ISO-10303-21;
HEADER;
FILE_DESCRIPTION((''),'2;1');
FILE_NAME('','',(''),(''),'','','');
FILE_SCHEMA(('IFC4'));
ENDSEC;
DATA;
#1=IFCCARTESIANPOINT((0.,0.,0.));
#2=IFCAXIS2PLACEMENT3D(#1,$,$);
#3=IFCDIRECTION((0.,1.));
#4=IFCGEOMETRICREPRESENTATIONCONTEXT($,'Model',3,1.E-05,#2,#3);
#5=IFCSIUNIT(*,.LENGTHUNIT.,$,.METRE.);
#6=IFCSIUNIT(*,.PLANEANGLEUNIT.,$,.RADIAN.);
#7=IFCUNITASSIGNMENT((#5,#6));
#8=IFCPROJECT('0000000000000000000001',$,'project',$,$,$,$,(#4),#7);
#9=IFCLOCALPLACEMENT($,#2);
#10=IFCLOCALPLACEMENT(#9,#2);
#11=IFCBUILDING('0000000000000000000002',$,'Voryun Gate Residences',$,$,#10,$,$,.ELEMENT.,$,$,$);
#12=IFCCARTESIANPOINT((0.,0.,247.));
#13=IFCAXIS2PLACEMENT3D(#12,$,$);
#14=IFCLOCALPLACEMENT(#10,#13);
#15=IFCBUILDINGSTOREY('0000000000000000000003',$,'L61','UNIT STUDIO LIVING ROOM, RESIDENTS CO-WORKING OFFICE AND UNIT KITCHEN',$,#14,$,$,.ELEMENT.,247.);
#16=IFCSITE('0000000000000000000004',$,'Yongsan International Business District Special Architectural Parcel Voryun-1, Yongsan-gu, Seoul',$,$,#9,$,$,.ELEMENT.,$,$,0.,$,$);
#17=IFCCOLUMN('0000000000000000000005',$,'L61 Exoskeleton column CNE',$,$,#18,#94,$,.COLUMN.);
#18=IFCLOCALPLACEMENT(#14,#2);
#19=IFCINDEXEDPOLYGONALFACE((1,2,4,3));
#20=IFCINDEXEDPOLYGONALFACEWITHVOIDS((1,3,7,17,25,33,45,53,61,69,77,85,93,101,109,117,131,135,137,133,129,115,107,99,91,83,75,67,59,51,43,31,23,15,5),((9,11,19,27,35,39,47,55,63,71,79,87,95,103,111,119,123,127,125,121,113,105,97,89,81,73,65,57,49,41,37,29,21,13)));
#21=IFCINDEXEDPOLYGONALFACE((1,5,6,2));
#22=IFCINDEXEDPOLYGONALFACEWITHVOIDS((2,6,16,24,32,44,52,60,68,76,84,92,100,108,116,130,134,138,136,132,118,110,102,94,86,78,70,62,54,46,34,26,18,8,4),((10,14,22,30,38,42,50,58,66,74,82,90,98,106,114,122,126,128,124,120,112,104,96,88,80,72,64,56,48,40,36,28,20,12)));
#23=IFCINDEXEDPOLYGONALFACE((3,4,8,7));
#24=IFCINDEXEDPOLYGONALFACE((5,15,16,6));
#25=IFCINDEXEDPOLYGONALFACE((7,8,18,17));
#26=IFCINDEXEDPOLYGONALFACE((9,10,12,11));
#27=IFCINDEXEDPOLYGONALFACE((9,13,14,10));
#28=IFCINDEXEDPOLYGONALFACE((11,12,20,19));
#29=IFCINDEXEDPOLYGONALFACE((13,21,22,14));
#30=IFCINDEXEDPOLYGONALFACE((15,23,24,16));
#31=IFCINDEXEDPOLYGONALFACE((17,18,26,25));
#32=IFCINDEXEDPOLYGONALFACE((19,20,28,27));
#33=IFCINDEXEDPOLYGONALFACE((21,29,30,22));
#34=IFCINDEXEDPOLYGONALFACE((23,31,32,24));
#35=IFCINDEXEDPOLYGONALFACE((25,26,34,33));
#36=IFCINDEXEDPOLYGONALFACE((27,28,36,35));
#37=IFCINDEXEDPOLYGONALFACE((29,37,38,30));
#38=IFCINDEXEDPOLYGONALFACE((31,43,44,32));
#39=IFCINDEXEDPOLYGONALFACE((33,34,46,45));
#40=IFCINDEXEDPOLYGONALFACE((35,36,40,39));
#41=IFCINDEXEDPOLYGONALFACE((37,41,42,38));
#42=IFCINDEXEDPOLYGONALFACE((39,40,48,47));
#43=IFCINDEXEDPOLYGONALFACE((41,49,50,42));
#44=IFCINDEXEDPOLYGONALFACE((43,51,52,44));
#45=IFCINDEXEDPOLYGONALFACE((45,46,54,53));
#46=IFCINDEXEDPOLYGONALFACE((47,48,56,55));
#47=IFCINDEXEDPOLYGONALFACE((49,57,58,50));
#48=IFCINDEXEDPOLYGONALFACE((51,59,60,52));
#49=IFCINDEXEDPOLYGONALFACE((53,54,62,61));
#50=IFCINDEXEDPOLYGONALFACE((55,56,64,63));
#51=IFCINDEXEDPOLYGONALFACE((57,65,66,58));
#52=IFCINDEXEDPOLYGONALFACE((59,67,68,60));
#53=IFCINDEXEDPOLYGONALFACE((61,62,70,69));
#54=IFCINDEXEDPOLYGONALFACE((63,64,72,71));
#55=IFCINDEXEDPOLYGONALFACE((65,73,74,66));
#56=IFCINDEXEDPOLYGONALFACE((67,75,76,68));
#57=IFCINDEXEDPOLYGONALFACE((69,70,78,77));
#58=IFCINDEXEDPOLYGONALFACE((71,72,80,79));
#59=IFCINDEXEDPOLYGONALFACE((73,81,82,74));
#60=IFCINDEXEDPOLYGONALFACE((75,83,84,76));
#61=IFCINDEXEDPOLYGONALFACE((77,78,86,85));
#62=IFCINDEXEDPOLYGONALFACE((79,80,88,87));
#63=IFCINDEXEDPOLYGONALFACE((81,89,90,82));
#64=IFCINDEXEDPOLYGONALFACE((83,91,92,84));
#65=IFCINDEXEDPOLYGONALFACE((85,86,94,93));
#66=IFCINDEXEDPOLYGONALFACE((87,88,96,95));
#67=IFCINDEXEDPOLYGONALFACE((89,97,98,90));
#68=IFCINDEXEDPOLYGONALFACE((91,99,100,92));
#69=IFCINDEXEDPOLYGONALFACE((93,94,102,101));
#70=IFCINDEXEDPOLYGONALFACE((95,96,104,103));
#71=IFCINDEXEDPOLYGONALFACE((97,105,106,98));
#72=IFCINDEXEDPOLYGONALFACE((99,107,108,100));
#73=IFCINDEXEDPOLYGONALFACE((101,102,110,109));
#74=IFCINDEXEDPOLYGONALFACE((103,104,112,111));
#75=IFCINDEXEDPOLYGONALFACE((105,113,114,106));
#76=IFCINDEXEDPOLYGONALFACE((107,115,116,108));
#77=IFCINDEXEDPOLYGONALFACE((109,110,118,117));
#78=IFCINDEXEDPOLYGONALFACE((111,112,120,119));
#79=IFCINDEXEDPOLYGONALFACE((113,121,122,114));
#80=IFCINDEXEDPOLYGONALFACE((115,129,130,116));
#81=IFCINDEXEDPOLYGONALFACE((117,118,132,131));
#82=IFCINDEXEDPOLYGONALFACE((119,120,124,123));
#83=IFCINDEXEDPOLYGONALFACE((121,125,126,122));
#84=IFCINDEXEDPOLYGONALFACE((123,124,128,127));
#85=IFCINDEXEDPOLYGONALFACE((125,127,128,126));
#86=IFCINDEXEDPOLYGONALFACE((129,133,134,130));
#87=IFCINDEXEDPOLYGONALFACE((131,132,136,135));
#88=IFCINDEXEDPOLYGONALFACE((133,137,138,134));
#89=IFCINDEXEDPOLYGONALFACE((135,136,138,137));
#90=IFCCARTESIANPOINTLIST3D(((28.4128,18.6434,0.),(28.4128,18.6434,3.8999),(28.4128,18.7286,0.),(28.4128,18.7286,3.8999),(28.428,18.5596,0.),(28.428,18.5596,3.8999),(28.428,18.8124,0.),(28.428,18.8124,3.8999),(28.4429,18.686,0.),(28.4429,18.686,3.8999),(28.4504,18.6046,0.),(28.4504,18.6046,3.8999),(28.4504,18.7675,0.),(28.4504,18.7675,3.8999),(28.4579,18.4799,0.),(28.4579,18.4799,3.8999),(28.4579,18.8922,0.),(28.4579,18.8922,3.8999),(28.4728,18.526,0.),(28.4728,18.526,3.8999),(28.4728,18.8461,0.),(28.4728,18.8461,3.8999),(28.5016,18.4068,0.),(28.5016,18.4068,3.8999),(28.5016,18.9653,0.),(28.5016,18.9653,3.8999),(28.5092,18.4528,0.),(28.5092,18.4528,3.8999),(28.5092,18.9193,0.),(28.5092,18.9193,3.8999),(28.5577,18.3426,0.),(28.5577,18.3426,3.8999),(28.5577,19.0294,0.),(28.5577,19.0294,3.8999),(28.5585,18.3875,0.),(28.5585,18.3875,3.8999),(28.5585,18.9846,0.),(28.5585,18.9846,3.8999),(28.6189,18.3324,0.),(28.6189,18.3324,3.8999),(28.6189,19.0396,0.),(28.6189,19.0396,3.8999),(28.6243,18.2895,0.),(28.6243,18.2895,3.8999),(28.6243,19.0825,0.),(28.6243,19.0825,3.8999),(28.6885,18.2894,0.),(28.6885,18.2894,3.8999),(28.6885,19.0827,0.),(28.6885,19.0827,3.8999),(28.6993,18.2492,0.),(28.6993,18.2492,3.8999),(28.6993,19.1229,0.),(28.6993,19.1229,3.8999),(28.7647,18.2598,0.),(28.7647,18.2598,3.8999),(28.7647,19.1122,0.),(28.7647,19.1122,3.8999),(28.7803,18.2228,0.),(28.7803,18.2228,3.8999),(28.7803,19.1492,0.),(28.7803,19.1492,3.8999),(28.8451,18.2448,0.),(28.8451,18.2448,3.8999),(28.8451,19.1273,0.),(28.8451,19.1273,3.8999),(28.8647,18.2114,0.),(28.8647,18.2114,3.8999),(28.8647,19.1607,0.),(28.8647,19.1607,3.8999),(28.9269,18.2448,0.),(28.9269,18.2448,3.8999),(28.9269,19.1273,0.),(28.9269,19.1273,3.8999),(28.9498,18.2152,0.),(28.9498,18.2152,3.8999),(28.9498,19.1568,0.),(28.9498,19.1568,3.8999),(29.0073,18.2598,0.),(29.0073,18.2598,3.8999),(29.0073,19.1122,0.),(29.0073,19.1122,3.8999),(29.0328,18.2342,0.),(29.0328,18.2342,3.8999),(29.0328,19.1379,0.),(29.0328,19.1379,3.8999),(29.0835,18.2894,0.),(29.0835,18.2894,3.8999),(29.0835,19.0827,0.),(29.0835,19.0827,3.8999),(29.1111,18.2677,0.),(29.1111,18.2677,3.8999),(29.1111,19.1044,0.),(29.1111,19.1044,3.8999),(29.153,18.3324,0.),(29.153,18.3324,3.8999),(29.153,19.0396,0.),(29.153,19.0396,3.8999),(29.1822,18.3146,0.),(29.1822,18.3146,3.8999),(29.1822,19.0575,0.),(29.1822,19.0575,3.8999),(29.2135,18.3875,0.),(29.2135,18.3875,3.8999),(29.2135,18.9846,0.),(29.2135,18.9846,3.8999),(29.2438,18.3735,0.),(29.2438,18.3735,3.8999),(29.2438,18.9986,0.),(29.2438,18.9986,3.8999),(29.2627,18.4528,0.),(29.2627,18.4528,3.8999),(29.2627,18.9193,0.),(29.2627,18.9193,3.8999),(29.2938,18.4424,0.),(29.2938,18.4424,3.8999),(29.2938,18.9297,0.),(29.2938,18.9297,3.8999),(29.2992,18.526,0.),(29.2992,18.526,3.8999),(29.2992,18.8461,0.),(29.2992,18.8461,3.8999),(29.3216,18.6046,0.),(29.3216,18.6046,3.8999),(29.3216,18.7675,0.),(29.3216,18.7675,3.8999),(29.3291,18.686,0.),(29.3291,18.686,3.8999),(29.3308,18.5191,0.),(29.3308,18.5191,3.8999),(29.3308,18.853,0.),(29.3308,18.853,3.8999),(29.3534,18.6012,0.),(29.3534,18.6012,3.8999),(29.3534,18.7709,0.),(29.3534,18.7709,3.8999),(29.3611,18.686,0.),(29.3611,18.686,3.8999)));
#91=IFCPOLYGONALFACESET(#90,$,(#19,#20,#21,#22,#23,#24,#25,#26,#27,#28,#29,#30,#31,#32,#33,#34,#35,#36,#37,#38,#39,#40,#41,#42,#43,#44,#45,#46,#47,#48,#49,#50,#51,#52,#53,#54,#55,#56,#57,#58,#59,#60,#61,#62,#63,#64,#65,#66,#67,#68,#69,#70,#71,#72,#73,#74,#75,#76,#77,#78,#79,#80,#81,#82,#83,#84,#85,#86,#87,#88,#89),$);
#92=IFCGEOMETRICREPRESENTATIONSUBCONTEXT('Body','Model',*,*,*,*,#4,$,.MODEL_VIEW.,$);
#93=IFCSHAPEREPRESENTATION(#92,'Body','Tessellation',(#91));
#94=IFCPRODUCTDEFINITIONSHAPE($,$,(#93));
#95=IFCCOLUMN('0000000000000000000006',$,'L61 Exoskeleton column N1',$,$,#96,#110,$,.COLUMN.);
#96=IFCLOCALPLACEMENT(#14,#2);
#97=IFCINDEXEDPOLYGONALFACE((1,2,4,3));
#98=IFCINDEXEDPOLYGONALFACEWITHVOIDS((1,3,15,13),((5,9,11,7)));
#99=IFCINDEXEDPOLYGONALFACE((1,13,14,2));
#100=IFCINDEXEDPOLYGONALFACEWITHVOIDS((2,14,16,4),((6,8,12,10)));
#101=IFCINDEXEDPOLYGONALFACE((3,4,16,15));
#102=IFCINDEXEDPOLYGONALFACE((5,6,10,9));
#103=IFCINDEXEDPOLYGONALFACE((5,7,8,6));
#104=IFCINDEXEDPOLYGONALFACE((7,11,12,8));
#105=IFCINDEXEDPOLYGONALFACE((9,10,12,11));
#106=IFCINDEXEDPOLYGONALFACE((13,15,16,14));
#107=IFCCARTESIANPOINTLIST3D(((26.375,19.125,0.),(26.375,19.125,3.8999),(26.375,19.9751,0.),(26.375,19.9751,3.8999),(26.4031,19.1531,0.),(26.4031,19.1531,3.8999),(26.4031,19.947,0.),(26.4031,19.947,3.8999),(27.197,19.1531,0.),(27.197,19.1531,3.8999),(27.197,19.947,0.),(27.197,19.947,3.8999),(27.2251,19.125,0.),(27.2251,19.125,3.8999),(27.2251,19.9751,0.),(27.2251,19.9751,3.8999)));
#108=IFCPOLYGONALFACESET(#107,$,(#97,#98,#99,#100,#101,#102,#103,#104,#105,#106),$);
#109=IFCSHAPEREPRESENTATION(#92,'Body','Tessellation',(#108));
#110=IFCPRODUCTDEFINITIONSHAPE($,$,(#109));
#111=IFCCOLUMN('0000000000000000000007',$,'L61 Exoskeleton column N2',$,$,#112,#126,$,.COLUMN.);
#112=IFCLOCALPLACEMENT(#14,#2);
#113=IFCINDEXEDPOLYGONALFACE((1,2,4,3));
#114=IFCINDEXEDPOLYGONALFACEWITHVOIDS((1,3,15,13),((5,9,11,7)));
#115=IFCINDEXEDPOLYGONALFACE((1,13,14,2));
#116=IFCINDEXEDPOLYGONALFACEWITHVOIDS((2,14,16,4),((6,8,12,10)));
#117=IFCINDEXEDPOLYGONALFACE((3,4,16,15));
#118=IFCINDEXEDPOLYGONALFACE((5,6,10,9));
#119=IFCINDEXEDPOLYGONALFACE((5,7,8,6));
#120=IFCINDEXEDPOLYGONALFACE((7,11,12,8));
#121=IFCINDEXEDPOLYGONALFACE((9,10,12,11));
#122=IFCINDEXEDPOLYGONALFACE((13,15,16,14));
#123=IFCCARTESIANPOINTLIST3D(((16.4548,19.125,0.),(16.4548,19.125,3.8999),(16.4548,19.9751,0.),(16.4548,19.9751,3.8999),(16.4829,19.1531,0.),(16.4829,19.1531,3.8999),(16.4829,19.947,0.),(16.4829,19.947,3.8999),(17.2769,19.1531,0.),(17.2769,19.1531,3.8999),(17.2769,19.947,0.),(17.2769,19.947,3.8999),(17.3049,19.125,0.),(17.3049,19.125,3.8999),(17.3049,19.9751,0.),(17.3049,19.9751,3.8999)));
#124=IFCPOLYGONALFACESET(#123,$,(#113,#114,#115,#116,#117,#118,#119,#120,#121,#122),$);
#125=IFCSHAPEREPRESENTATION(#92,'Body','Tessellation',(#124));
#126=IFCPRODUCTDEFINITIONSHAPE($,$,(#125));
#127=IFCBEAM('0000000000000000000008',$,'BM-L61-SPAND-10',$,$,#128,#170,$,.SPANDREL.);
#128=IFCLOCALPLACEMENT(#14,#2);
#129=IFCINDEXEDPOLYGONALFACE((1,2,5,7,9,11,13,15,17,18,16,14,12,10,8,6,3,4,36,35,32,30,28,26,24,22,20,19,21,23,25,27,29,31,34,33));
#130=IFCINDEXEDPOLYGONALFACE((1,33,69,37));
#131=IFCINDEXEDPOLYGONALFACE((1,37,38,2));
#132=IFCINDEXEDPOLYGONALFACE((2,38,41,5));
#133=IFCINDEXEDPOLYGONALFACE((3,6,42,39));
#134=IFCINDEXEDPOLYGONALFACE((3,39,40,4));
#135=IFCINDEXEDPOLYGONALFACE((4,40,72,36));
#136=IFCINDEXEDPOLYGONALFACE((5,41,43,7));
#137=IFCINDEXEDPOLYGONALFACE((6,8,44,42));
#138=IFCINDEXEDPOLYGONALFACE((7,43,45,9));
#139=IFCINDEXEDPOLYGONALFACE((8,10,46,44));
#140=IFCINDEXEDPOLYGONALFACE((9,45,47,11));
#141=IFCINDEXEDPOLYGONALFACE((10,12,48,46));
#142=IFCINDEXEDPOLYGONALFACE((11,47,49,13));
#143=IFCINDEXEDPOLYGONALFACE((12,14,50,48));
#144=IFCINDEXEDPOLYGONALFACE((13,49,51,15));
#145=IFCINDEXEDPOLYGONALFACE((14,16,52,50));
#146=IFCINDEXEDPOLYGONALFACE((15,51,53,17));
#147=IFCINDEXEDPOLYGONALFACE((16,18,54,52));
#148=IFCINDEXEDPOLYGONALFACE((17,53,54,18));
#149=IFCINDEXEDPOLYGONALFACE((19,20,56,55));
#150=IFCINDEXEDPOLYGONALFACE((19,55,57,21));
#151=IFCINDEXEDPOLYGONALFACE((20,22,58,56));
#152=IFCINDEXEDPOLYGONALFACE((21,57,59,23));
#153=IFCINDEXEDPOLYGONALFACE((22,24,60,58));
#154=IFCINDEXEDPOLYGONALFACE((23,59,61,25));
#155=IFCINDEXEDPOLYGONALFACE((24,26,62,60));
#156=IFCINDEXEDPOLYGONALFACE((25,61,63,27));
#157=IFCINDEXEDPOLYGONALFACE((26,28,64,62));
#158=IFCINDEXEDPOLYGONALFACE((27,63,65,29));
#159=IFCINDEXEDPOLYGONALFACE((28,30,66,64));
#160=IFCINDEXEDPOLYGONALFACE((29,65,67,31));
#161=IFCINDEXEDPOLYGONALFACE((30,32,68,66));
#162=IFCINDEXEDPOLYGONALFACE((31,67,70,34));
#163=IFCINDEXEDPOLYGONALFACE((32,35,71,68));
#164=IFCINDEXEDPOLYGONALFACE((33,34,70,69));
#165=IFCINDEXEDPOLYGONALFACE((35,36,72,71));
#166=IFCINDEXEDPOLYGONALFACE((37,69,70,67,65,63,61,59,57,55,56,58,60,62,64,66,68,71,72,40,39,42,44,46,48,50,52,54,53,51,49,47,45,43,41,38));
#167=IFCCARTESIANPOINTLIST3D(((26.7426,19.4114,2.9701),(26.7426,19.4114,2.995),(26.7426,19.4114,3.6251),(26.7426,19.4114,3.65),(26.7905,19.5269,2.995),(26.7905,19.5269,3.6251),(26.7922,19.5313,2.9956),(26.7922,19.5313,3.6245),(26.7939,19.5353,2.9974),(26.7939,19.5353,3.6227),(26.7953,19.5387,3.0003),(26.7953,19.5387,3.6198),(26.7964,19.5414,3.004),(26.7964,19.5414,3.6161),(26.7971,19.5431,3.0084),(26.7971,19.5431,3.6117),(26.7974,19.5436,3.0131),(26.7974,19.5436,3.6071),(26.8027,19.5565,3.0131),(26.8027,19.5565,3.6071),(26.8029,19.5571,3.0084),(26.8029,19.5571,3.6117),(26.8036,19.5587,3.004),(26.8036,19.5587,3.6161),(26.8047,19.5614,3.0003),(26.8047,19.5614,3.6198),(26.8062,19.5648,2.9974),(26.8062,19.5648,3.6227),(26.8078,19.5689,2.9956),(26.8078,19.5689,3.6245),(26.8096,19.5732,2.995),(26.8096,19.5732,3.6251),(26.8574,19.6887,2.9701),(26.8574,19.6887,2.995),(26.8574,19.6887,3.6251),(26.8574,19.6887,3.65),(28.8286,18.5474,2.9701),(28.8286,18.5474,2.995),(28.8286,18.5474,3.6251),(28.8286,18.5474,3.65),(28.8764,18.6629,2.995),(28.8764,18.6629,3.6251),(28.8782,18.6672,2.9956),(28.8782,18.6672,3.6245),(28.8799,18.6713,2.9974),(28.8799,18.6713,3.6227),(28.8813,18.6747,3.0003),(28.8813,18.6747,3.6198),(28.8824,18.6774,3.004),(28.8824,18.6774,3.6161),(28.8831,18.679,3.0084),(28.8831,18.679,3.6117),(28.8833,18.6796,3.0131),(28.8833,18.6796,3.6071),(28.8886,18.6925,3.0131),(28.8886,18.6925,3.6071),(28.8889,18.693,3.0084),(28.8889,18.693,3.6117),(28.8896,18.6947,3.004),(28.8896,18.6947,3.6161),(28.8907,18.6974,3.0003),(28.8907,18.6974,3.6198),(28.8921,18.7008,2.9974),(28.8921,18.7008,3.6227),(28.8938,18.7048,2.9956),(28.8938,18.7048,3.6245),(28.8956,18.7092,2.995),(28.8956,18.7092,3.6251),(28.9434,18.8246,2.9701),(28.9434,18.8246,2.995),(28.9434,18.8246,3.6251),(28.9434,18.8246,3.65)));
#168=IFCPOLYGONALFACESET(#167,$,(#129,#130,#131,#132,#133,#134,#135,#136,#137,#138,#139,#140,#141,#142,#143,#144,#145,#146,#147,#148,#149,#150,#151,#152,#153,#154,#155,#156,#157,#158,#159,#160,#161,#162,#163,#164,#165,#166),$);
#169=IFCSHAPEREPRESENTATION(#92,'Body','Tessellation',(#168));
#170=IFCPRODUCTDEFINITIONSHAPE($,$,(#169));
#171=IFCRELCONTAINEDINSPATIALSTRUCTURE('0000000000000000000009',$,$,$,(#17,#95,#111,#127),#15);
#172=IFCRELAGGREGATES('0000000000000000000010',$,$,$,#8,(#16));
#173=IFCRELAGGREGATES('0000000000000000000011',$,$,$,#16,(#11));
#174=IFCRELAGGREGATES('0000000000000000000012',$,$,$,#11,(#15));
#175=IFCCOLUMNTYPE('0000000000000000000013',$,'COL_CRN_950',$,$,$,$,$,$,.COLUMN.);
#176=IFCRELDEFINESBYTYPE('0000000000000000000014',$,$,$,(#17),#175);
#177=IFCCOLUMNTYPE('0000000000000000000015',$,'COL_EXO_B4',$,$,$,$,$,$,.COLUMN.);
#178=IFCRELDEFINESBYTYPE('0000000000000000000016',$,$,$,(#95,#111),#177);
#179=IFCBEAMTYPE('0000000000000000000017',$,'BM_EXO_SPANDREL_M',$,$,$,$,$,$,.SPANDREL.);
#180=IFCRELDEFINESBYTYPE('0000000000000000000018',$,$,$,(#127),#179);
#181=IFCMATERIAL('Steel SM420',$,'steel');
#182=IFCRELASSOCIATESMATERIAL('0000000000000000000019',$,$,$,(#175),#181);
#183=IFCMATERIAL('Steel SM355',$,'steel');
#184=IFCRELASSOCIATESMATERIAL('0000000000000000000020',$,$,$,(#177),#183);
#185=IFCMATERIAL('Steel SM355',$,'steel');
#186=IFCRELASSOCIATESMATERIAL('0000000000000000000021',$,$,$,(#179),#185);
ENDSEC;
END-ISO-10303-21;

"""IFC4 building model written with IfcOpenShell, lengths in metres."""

from ifc_helpers import new_model, si_unit, direction, frame, origin, origin_2d, place, context, subcontext, project, spatial, hollow_rectangle, hollow_circle, i_section, extrude, material, material_profile, profile_set, type_object, element, save


model = new_model("IFC4")

# Units and contexts
model_context = context("Model", 3, precision=1e-05, world=origin(), true_north=direction((0.0, 1.0)))
body_context = subcontext(model_context, "Body", "Model", "MODEL_VIEW")
ifc_project = project(units=[si_unit("LENGTHUNIT", "METRE"), si_unit("PLANEANGLEUNIT", "RADIAN")], contexts=[model_context])

# Site, building, storey
site_placement = place(None, origin())
site = spatial("IfcSite", under=ifc_project, at=site_placement, Name="Yongsan International Business District Special Architectural Parcel Voryun-1, Yongsan-gu, Seoul", CompositionType="ELEMENT", RefElevation=0.0)
building_placement = place(site_placement, origin())
building = spatial("IfcBuilding", under=site, at=building_placement, Name="Voryun Gate Residences", CompositionType="ELEMENT")
storey_placement = place(building_placement, frame((0.0, 0.0, 247.0)))
storey = spatial("IfcBuildingStorey", under=building, at=storey_placement, Name="L61", Description="UNIT STUDIO LIVING ROOM, RESIDENTS CO-WORKING OFFICE AND UNIT KITCHEN", CompositionType="ELEMENT", Elevation=247.0)

# Columns
ifc_material_1 = material(Name="Steel SM420", Category="steel")
ifc_material_profile_1 = material_profile(ifc_material_1, hollow_circle(Radius=0.4751, WallThickness=0.032, at=origin_2d()), Name="CHS-950x32")
ifc_profile_set_1 = profile_set([ifc_material_profile_1], Name="Steel SM420")
column_type_1 = type_object("IfcColumnType", Name="COL_CRN_950", PredefinedType="COLUMN", material=ifc_profile_set_1)
column_placement = place(storey_placement, frame((28.886, 18.686, 0.0), z_axis=(0.0, 0.0, 1.0), x_axis=(1.0, 0.0, 0.0)))
element("IfcColumn", 1, at=column_placement, inside=storey, type_object=column_type_1, Name="L61 Exoskeleton column CNE", PredefinedType="COLUMN", context=body_context, shape_type="SweptSolid", body=[
    extrude(hollow_circle(Radius=0.4751, WallThickness=0.032, at=origin_2d()), origin(), (0.0, 0.0, 1.0), 3.8999),
])
ifc_material_2 = material(Name="Steel SM355", Category="steel")
ifc_material_profile_2 = material_profile(ifc_material_2, hollow_rectangle(XDim=0.8501, YDim=0.8501, WallThickness=0.0281, at=origin_2d()), Name="BOX-850x850x28")
ifc_profile_set_2 = profile_set([ifc_material_profile_2], Name="Steel SM355")
column_type_2 = type_object("IfcColumnType", Name="COL_EXO_B4", PredefinedType="COLUMN", material=ifc_profile_set_2)
for number, where, z_axis, x_axis, name in (
    (2, (26.8, 19.55, 0.0), (0.0, 0.0, 1.0), (1.0, 0.0, 0.0), "L61 Exoskeleton column N1"),
    (3, (16.8799, 19.55, 0.0), (0.0, 0.0, 1.0), (1.0, 0.0, 0.0), "L61 Exoskeleton column N2"),
):
    element("IfcColumn", number, at=place(storey_placement, frame(where, z_axis=z_axis, x_axis=x_axis)), inside=storey, type_object=column_type_2, Name=name, PredefinedType="COLUMN", context=body_context, shape_type="SweptSolid", body=[
        extrude(hollow_rectangle(XDim=0.8501, YDim=0.8501, WallThickness=0.0281, at=origin_2d()), origin(), (0.0, 0.0, 1.0), 3.8999),
    ])

# Beam
ifc_material_3 = material(Name="Steel SM355", Category="steel")
ifc_material_profile_3 = material_profile(ifc_material_3, i_section(OverallWidth=0.3, OverallDepth=0.6799, WebThickness=0.0139, FlangeThickness=0.0249, FilletRadius=0.0181, at=origin_2d()), Name="H-680x300x14x25")
ifc_profile_set_3 = profile_set([ifc_material_profile_3], Name="Steel SM355")
beam_type = type_object("IfcBeamType", Name="BM_EXO_SPANDREL_M", PredefinedType="SPANDREL", material=ifc_profile_set_3)
beam_1_placement = place(storey_placement, frame((28.886, 18.686, 3.3101), z_axis=(-0.923881, 0.38268, 0.0), x_axis=(-0.38268, -0.923881, 0.0)))
element("IfcBeam", 4, at=beam_1_placement, inside=storey, type_object=beam_type, Name="BM-L61-SPAND-10", PredefinedType="SPANDREL", context=body_context, shape_type="SweptSolid", body=[
    extrude(i_section(OverallWidth=0.3, OverallDepth=0.6799, WebThickness=0.0139, FlangeThickness=0.0249, FilletRadius=0.0181, at=origin_2d()), origin(), (0.0, 0.0, 1.0), 2.2578),
])

save(model, "model.ifc")
